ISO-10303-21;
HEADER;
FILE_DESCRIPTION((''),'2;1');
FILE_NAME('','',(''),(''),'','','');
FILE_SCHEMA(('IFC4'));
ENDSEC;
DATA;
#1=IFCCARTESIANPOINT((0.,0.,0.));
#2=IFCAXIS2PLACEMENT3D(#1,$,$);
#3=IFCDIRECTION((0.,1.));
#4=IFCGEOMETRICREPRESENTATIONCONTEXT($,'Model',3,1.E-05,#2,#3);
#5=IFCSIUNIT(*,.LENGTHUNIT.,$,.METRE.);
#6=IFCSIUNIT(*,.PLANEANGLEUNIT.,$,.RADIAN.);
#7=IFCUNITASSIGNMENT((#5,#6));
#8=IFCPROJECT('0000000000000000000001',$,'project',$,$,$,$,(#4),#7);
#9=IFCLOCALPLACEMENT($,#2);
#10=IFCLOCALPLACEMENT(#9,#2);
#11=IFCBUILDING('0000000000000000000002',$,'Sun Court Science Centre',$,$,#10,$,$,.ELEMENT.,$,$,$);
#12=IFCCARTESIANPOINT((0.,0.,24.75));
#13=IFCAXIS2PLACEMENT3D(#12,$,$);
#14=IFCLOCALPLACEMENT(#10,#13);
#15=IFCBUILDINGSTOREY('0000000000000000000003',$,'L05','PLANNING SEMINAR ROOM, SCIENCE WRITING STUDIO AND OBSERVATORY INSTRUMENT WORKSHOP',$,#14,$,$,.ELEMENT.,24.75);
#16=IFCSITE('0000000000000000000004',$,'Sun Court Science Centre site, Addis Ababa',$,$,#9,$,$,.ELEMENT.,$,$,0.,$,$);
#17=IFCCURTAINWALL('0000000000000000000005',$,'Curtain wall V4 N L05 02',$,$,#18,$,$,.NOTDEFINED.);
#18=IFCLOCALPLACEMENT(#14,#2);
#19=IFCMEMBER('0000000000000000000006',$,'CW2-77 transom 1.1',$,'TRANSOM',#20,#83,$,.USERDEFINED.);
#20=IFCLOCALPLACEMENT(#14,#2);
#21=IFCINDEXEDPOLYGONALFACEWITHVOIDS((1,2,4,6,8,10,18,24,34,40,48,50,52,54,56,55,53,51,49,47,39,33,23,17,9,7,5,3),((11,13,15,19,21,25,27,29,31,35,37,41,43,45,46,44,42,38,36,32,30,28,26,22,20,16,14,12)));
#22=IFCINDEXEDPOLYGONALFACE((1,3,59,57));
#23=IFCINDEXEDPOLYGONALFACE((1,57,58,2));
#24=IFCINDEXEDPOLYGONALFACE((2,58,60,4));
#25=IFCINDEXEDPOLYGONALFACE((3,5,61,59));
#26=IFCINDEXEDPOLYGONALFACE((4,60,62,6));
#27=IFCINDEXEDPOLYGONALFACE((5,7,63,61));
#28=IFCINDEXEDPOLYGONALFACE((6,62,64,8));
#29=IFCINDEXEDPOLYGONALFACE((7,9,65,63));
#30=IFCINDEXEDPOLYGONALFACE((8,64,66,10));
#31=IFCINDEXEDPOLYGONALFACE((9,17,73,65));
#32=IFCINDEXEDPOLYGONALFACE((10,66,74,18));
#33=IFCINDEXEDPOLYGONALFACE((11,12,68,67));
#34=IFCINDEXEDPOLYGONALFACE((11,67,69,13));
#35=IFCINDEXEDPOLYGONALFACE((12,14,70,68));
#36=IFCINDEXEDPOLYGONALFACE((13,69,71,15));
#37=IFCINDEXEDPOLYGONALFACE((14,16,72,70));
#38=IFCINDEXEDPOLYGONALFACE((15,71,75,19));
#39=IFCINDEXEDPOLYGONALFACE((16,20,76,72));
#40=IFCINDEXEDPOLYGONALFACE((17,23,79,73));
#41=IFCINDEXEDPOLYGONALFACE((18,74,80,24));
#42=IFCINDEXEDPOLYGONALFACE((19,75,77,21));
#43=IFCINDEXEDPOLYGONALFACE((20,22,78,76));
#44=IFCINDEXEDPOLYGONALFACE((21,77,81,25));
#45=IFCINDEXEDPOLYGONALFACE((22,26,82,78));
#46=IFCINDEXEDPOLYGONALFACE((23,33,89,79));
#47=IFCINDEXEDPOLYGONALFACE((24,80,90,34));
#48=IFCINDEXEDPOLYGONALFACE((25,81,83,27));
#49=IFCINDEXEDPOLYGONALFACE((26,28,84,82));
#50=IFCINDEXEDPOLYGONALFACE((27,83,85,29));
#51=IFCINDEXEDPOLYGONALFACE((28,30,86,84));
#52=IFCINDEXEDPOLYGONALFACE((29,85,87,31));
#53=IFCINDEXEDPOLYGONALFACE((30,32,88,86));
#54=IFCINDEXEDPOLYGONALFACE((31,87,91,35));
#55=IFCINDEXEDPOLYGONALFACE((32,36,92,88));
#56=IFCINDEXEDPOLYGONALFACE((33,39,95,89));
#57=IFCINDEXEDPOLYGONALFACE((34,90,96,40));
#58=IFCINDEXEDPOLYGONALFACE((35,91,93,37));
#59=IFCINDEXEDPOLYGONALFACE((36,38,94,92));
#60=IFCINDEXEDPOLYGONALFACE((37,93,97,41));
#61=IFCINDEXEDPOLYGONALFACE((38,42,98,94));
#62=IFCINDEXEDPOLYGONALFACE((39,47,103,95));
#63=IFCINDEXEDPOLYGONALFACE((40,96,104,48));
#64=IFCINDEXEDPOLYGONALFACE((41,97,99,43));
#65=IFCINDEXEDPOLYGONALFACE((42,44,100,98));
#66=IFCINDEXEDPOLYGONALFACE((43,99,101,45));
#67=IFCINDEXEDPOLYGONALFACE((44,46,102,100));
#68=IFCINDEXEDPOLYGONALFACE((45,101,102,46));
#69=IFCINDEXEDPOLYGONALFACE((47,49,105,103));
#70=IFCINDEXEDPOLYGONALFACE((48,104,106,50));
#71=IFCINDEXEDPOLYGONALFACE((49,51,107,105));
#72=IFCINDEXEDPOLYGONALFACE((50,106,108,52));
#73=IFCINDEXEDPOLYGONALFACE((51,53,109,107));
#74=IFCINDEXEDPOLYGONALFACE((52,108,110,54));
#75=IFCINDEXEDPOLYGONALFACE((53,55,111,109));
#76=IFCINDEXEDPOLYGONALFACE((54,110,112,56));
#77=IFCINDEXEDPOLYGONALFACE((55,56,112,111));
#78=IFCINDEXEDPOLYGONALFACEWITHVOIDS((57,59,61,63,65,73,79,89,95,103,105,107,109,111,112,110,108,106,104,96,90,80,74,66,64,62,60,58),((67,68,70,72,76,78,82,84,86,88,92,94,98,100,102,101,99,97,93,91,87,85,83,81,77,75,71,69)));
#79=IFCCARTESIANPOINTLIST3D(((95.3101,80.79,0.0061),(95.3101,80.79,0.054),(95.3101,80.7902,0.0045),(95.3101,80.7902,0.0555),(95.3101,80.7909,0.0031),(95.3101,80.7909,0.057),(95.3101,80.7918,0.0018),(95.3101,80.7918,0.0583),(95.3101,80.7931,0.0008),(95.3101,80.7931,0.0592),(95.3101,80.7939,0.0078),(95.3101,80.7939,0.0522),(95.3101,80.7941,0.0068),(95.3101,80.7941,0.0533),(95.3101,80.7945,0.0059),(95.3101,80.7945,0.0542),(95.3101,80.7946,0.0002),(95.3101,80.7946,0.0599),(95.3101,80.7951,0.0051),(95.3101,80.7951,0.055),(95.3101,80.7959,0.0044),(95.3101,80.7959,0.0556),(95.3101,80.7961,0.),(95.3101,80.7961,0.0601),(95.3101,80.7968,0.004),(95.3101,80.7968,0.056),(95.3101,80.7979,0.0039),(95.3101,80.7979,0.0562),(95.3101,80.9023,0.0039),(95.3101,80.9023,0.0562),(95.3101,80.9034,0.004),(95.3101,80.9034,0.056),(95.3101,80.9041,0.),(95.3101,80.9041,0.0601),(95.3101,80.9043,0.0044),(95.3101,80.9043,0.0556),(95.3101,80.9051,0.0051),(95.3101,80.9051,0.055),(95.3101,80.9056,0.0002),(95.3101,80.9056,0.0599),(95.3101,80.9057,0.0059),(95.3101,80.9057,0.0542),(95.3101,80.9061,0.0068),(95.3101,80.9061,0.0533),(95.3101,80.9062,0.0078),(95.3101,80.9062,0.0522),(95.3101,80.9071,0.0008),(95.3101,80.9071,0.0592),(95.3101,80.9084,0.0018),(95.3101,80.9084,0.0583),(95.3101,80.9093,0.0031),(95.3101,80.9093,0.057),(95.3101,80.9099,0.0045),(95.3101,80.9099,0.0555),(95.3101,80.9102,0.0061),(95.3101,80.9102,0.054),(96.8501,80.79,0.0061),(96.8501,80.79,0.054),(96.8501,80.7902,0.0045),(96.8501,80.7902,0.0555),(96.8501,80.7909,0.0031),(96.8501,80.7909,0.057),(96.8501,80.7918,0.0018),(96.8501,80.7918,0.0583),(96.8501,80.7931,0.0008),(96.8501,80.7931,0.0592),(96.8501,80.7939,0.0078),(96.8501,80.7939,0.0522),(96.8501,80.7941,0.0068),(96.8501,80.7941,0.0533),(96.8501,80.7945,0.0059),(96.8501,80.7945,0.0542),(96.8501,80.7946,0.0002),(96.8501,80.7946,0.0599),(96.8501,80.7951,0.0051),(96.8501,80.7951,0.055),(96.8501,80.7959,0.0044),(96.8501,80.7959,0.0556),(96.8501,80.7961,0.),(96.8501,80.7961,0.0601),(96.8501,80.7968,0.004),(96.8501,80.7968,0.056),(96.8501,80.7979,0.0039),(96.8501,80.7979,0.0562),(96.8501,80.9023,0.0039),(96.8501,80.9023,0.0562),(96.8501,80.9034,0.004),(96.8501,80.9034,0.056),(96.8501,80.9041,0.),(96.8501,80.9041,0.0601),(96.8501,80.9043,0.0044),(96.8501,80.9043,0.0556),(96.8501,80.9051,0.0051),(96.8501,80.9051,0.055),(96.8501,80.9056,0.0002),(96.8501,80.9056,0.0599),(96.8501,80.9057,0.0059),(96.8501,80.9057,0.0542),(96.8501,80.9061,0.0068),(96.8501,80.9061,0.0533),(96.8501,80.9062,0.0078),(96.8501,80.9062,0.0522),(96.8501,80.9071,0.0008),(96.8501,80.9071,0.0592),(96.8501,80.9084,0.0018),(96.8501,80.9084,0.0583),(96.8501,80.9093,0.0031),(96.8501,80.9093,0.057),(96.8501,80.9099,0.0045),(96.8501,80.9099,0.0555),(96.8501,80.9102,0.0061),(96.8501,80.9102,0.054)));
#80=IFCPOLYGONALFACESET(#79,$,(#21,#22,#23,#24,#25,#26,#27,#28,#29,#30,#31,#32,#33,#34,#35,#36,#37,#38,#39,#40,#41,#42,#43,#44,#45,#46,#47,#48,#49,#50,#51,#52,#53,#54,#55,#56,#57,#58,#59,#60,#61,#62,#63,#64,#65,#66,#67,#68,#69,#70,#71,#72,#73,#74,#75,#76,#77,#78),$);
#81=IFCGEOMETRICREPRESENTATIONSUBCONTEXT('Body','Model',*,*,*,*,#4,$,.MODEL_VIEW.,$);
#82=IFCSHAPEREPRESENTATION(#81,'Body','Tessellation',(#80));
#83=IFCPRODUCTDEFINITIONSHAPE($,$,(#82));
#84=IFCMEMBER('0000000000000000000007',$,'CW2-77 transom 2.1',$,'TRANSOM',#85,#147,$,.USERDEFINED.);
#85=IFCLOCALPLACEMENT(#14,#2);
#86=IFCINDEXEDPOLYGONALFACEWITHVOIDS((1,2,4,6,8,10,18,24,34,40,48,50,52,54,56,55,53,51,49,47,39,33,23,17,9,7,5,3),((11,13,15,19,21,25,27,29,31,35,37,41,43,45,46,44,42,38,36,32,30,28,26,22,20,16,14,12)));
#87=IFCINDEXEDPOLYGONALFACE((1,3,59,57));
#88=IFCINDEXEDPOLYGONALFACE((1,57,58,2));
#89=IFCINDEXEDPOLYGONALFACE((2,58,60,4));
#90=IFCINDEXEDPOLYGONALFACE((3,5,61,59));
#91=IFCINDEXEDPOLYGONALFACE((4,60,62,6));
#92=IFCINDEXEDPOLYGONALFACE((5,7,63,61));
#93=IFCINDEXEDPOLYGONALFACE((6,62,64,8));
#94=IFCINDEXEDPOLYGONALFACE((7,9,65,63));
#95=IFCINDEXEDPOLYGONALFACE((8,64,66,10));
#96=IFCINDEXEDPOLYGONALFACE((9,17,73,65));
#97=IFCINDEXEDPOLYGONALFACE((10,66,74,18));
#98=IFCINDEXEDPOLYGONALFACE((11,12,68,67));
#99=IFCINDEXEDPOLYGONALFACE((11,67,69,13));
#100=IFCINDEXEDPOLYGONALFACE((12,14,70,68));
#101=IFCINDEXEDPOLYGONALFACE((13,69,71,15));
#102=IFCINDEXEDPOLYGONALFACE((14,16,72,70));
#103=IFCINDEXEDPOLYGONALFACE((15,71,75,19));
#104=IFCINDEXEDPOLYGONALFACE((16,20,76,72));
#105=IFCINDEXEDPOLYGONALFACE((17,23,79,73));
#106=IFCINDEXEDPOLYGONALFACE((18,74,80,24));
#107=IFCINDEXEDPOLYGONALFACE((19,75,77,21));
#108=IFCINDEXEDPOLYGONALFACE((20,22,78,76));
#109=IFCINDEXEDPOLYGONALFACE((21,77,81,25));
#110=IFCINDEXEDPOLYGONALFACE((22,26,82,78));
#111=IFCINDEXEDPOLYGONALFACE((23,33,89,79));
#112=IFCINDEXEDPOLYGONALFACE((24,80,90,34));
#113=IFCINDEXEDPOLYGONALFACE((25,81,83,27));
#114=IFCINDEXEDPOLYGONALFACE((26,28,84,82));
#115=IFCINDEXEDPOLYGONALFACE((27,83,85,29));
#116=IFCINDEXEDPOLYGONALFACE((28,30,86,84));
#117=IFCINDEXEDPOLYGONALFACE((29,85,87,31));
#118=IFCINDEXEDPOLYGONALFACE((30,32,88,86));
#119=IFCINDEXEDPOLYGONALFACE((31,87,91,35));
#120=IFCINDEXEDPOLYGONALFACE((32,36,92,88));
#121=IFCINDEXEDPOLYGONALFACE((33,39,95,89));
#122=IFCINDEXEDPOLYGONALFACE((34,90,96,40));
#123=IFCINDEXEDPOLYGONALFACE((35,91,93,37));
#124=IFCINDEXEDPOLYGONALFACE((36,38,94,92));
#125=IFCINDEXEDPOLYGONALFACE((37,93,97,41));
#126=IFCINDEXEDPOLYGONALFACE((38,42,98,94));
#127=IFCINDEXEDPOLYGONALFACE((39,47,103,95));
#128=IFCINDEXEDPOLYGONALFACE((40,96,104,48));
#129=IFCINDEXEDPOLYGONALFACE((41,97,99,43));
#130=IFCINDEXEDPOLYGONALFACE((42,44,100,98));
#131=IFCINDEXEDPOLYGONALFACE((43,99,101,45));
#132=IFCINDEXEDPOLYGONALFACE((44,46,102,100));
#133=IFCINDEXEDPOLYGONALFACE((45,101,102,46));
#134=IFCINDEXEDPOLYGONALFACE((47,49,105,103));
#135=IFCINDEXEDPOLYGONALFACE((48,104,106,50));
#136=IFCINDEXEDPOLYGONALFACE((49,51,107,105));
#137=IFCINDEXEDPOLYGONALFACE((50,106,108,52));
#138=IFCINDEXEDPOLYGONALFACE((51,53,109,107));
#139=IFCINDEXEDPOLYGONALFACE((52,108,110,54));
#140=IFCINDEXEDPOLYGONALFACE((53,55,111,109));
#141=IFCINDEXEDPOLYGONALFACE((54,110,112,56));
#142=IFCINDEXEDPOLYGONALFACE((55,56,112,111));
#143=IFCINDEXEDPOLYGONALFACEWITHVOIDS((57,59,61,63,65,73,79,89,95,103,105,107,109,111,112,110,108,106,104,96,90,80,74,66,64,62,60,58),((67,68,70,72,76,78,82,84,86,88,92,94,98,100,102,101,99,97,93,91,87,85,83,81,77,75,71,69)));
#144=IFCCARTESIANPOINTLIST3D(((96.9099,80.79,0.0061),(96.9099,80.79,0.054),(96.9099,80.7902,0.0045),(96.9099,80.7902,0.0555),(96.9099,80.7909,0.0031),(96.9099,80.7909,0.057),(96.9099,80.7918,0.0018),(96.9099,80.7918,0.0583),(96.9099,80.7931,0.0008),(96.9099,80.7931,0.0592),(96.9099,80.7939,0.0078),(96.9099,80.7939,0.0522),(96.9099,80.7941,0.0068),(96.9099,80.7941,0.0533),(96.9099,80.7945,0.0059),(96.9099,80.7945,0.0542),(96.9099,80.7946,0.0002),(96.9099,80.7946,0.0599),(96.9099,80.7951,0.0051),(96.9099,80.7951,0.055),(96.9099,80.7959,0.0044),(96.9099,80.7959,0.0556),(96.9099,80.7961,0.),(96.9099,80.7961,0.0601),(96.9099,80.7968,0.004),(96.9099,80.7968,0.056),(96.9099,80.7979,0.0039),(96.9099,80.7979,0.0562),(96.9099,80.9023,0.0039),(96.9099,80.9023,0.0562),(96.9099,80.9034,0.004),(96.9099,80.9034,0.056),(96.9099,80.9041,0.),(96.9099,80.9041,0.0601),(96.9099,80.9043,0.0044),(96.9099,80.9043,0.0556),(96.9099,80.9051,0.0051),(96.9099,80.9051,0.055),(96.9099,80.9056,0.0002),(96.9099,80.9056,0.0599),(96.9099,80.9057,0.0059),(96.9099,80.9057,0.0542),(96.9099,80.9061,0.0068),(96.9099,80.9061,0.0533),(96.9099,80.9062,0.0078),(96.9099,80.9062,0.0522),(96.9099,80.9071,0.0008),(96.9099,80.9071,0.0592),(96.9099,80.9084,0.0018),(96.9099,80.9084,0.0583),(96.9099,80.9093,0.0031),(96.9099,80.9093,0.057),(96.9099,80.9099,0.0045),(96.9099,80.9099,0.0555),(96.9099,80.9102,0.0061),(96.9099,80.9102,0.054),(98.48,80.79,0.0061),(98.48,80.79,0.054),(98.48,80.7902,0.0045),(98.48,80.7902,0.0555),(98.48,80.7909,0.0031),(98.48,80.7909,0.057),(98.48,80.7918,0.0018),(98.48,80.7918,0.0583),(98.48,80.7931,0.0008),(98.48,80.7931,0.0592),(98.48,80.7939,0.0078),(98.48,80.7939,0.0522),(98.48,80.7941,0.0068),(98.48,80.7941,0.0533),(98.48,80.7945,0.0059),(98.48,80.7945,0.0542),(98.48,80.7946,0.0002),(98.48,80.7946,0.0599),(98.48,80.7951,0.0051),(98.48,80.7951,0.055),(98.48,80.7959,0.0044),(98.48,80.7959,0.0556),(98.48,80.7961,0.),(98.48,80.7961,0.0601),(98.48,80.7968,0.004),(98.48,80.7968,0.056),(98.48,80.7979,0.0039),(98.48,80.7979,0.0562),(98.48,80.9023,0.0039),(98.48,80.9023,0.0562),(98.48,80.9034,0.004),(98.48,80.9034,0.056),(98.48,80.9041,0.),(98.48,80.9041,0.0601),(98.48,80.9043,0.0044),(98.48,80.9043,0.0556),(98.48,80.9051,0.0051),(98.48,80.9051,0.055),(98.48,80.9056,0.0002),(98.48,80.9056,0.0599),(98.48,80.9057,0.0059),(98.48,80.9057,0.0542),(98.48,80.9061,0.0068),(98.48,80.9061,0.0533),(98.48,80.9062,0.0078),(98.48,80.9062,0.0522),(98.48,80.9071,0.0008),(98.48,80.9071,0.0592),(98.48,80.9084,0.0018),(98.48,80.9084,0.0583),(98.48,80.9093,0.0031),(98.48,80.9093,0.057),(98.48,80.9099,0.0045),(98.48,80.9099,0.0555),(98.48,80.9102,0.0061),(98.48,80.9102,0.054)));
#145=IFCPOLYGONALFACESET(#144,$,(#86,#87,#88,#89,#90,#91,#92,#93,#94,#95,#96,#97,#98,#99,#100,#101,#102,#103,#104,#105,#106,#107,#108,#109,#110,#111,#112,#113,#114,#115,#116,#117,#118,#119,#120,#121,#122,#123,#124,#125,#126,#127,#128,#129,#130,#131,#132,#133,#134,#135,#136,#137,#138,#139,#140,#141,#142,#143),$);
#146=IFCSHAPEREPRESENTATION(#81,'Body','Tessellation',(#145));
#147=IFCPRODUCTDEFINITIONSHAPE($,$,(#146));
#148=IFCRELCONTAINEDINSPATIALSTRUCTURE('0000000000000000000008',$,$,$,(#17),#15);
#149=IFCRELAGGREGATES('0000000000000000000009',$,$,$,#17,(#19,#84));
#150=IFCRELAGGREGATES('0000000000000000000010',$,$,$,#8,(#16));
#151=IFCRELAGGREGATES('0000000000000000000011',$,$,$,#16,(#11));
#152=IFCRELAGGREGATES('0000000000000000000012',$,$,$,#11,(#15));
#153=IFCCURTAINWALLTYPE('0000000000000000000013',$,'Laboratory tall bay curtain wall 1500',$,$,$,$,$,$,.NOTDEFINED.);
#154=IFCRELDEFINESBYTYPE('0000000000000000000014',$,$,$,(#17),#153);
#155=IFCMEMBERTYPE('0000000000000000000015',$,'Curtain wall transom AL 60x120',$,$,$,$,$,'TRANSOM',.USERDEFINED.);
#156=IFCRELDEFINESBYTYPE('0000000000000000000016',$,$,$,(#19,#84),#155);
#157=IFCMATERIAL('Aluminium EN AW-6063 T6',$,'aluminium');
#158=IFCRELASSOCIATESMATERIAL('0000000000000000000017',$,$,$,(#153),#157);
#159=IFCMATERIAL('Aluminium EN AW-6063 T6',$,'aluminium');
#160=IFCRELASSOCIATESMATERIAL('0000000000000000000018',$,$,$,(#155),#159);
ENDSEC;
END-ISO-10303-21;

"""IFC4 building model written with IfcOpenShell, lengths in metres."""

from ifc_helpers import new_model, si_unit, direction, frame, origin, origin_2d, place, context, subcontext, project, spatial, hollow_rectangle, extrude, material, material_profile, profile_set, type_object, element, aggregate, save


model = new_model("IFC4")

# Units and contexts
model_context = context("Model", 3, precision=1e-05, world=origin(), true_north=direction((0.0, 1.0)))
body_context = subcontext(model_context, "Body", "Model", "MODEL_VIEW")
ifc_project = project(units=[si_unit("LENGTHUNIT", "METRE"), si_unit("PLANEANGLEUNIT", "RADIAN")], contexts=[model_context])

# Site, building, storey
site_placement = place(None, origin())
site = spatial("IfcSite", under=ifc_project, at=site_placement, Name="Sun Court Science Centre site, Addis Ababa", CompositionType="ELEMENT", RefElevation=0.0)
building_placement = place(site_placement, origin())
building = spatial("IfcBuilding", under=site, at=building_placement, Name="Sun Court Science Centre", CompositionType="ELEMENT")
storey_placement = place(building_placement, frame((0.0, 0.0, 24.75)))
storey = spatial("IfcBuildingStorey", under=building, at=storey_placement, Name="L05", Description="PLANNING SEMINAR ROOM, SCIENCE WRITING STUDIO AND OBSERVATORY INSTRUMENT WORKSHOP", CompositionType="ELEMENT", Elevation=24.75)

# Curtain wall, members
ifc_material_1 = material(Name="Aluminium EN AW-6063 T6", Category="aluminium")
curtain_wall_type = type_object("IfcCurtainWallType", Name="Laboratory tall bay curtain wall 1500", PredefinedType="NOTDEFINED", material=ifc_material_1)
curtain_wall_placement = place(storey_placement, origin())
curtain_wall = element("IfcCurtainWall", 1, at=curtain_wall_placement, inside=storey, type_object=curtain_wall_type, Name="Curtain wall V4 N L05 02", PredefinedType="NOTDEFINED")
ifc_material_2 = material(Name="Aluminium EN AW-6063 T6", Category="aluminium")
ifc_material_profile_1 = material_profile(ifc_material_2, hollow_rectangle(XDim=0.0601, YDim=0.1201, WallThickness=0.0039, InnerFilletRadius=0.0039, OuterFilletRadius=0.0061, at=origin_2d()), Name="AL 60x120x4")
ifc_profile_set_1 = profile_set([ifc_material_profile_1], Name="Aluminium EN AW-6063 T6")
member_type_1 = type_object("IfcMemberType", Name="Curtain wall transom AL 60x120", ElementType="TRANSOM", PredefinedType="USERDEFINED", material=ifc_profile_set_1)
member_1_placement = place(storey_placement, frame((95.3101, 80.8501, 0.03), z_axis=(1.0, 0.0, 0.0), x_axis=(0.0, 0.0, 1.0)))
member_1 = element("IfcMember", 2, at=member_1_placement, type_object=member_type_1, Name="CW2-77 transom 1.1", ObjectType="TRANSOM", PredefinedType="USERDEFINED", context=body_context, shape_type="SweptSolid", body=[
    extrude(hollow_rectangle(XDim=0.0601, YDim=0.1201, WallThickness=0.0039, InnerFilletRadius=0.0039, OuterFilletRadius=0.0061, at=origin_2d()), origin(), (0.0, 0.0, 1.0), 1.54),
])
member_2_placement = place(storey_placement, frame((96.9099, 80.8501, 0.03), z_axis=(1.0, 0.0, 0.0), x_axis=(0.0, 0.0, 1.0)))
member_2 = element("IfcMember", 3, at=member_2_placement, type_object=member_type_1, Name="CW2-77 transom 2.1", ObjectType="TRANSOM", PredefinedType="USERDEFINED", context=body_context, shape_type="SweptSolid", body=[
    extrude(hollow_rectangle(XDim=0.0601, YDim=0.1201, WallThickness=0.0039, InnerFilletRadius=0.0039, OuterFilletRadius=0.0061, at=origin_2d()), origin(), (0.0, 0.0, 1.0), 1.5701),
])

aggregate(curtain_wall, [member_1, member_2])

save(model, "model.ifc")
